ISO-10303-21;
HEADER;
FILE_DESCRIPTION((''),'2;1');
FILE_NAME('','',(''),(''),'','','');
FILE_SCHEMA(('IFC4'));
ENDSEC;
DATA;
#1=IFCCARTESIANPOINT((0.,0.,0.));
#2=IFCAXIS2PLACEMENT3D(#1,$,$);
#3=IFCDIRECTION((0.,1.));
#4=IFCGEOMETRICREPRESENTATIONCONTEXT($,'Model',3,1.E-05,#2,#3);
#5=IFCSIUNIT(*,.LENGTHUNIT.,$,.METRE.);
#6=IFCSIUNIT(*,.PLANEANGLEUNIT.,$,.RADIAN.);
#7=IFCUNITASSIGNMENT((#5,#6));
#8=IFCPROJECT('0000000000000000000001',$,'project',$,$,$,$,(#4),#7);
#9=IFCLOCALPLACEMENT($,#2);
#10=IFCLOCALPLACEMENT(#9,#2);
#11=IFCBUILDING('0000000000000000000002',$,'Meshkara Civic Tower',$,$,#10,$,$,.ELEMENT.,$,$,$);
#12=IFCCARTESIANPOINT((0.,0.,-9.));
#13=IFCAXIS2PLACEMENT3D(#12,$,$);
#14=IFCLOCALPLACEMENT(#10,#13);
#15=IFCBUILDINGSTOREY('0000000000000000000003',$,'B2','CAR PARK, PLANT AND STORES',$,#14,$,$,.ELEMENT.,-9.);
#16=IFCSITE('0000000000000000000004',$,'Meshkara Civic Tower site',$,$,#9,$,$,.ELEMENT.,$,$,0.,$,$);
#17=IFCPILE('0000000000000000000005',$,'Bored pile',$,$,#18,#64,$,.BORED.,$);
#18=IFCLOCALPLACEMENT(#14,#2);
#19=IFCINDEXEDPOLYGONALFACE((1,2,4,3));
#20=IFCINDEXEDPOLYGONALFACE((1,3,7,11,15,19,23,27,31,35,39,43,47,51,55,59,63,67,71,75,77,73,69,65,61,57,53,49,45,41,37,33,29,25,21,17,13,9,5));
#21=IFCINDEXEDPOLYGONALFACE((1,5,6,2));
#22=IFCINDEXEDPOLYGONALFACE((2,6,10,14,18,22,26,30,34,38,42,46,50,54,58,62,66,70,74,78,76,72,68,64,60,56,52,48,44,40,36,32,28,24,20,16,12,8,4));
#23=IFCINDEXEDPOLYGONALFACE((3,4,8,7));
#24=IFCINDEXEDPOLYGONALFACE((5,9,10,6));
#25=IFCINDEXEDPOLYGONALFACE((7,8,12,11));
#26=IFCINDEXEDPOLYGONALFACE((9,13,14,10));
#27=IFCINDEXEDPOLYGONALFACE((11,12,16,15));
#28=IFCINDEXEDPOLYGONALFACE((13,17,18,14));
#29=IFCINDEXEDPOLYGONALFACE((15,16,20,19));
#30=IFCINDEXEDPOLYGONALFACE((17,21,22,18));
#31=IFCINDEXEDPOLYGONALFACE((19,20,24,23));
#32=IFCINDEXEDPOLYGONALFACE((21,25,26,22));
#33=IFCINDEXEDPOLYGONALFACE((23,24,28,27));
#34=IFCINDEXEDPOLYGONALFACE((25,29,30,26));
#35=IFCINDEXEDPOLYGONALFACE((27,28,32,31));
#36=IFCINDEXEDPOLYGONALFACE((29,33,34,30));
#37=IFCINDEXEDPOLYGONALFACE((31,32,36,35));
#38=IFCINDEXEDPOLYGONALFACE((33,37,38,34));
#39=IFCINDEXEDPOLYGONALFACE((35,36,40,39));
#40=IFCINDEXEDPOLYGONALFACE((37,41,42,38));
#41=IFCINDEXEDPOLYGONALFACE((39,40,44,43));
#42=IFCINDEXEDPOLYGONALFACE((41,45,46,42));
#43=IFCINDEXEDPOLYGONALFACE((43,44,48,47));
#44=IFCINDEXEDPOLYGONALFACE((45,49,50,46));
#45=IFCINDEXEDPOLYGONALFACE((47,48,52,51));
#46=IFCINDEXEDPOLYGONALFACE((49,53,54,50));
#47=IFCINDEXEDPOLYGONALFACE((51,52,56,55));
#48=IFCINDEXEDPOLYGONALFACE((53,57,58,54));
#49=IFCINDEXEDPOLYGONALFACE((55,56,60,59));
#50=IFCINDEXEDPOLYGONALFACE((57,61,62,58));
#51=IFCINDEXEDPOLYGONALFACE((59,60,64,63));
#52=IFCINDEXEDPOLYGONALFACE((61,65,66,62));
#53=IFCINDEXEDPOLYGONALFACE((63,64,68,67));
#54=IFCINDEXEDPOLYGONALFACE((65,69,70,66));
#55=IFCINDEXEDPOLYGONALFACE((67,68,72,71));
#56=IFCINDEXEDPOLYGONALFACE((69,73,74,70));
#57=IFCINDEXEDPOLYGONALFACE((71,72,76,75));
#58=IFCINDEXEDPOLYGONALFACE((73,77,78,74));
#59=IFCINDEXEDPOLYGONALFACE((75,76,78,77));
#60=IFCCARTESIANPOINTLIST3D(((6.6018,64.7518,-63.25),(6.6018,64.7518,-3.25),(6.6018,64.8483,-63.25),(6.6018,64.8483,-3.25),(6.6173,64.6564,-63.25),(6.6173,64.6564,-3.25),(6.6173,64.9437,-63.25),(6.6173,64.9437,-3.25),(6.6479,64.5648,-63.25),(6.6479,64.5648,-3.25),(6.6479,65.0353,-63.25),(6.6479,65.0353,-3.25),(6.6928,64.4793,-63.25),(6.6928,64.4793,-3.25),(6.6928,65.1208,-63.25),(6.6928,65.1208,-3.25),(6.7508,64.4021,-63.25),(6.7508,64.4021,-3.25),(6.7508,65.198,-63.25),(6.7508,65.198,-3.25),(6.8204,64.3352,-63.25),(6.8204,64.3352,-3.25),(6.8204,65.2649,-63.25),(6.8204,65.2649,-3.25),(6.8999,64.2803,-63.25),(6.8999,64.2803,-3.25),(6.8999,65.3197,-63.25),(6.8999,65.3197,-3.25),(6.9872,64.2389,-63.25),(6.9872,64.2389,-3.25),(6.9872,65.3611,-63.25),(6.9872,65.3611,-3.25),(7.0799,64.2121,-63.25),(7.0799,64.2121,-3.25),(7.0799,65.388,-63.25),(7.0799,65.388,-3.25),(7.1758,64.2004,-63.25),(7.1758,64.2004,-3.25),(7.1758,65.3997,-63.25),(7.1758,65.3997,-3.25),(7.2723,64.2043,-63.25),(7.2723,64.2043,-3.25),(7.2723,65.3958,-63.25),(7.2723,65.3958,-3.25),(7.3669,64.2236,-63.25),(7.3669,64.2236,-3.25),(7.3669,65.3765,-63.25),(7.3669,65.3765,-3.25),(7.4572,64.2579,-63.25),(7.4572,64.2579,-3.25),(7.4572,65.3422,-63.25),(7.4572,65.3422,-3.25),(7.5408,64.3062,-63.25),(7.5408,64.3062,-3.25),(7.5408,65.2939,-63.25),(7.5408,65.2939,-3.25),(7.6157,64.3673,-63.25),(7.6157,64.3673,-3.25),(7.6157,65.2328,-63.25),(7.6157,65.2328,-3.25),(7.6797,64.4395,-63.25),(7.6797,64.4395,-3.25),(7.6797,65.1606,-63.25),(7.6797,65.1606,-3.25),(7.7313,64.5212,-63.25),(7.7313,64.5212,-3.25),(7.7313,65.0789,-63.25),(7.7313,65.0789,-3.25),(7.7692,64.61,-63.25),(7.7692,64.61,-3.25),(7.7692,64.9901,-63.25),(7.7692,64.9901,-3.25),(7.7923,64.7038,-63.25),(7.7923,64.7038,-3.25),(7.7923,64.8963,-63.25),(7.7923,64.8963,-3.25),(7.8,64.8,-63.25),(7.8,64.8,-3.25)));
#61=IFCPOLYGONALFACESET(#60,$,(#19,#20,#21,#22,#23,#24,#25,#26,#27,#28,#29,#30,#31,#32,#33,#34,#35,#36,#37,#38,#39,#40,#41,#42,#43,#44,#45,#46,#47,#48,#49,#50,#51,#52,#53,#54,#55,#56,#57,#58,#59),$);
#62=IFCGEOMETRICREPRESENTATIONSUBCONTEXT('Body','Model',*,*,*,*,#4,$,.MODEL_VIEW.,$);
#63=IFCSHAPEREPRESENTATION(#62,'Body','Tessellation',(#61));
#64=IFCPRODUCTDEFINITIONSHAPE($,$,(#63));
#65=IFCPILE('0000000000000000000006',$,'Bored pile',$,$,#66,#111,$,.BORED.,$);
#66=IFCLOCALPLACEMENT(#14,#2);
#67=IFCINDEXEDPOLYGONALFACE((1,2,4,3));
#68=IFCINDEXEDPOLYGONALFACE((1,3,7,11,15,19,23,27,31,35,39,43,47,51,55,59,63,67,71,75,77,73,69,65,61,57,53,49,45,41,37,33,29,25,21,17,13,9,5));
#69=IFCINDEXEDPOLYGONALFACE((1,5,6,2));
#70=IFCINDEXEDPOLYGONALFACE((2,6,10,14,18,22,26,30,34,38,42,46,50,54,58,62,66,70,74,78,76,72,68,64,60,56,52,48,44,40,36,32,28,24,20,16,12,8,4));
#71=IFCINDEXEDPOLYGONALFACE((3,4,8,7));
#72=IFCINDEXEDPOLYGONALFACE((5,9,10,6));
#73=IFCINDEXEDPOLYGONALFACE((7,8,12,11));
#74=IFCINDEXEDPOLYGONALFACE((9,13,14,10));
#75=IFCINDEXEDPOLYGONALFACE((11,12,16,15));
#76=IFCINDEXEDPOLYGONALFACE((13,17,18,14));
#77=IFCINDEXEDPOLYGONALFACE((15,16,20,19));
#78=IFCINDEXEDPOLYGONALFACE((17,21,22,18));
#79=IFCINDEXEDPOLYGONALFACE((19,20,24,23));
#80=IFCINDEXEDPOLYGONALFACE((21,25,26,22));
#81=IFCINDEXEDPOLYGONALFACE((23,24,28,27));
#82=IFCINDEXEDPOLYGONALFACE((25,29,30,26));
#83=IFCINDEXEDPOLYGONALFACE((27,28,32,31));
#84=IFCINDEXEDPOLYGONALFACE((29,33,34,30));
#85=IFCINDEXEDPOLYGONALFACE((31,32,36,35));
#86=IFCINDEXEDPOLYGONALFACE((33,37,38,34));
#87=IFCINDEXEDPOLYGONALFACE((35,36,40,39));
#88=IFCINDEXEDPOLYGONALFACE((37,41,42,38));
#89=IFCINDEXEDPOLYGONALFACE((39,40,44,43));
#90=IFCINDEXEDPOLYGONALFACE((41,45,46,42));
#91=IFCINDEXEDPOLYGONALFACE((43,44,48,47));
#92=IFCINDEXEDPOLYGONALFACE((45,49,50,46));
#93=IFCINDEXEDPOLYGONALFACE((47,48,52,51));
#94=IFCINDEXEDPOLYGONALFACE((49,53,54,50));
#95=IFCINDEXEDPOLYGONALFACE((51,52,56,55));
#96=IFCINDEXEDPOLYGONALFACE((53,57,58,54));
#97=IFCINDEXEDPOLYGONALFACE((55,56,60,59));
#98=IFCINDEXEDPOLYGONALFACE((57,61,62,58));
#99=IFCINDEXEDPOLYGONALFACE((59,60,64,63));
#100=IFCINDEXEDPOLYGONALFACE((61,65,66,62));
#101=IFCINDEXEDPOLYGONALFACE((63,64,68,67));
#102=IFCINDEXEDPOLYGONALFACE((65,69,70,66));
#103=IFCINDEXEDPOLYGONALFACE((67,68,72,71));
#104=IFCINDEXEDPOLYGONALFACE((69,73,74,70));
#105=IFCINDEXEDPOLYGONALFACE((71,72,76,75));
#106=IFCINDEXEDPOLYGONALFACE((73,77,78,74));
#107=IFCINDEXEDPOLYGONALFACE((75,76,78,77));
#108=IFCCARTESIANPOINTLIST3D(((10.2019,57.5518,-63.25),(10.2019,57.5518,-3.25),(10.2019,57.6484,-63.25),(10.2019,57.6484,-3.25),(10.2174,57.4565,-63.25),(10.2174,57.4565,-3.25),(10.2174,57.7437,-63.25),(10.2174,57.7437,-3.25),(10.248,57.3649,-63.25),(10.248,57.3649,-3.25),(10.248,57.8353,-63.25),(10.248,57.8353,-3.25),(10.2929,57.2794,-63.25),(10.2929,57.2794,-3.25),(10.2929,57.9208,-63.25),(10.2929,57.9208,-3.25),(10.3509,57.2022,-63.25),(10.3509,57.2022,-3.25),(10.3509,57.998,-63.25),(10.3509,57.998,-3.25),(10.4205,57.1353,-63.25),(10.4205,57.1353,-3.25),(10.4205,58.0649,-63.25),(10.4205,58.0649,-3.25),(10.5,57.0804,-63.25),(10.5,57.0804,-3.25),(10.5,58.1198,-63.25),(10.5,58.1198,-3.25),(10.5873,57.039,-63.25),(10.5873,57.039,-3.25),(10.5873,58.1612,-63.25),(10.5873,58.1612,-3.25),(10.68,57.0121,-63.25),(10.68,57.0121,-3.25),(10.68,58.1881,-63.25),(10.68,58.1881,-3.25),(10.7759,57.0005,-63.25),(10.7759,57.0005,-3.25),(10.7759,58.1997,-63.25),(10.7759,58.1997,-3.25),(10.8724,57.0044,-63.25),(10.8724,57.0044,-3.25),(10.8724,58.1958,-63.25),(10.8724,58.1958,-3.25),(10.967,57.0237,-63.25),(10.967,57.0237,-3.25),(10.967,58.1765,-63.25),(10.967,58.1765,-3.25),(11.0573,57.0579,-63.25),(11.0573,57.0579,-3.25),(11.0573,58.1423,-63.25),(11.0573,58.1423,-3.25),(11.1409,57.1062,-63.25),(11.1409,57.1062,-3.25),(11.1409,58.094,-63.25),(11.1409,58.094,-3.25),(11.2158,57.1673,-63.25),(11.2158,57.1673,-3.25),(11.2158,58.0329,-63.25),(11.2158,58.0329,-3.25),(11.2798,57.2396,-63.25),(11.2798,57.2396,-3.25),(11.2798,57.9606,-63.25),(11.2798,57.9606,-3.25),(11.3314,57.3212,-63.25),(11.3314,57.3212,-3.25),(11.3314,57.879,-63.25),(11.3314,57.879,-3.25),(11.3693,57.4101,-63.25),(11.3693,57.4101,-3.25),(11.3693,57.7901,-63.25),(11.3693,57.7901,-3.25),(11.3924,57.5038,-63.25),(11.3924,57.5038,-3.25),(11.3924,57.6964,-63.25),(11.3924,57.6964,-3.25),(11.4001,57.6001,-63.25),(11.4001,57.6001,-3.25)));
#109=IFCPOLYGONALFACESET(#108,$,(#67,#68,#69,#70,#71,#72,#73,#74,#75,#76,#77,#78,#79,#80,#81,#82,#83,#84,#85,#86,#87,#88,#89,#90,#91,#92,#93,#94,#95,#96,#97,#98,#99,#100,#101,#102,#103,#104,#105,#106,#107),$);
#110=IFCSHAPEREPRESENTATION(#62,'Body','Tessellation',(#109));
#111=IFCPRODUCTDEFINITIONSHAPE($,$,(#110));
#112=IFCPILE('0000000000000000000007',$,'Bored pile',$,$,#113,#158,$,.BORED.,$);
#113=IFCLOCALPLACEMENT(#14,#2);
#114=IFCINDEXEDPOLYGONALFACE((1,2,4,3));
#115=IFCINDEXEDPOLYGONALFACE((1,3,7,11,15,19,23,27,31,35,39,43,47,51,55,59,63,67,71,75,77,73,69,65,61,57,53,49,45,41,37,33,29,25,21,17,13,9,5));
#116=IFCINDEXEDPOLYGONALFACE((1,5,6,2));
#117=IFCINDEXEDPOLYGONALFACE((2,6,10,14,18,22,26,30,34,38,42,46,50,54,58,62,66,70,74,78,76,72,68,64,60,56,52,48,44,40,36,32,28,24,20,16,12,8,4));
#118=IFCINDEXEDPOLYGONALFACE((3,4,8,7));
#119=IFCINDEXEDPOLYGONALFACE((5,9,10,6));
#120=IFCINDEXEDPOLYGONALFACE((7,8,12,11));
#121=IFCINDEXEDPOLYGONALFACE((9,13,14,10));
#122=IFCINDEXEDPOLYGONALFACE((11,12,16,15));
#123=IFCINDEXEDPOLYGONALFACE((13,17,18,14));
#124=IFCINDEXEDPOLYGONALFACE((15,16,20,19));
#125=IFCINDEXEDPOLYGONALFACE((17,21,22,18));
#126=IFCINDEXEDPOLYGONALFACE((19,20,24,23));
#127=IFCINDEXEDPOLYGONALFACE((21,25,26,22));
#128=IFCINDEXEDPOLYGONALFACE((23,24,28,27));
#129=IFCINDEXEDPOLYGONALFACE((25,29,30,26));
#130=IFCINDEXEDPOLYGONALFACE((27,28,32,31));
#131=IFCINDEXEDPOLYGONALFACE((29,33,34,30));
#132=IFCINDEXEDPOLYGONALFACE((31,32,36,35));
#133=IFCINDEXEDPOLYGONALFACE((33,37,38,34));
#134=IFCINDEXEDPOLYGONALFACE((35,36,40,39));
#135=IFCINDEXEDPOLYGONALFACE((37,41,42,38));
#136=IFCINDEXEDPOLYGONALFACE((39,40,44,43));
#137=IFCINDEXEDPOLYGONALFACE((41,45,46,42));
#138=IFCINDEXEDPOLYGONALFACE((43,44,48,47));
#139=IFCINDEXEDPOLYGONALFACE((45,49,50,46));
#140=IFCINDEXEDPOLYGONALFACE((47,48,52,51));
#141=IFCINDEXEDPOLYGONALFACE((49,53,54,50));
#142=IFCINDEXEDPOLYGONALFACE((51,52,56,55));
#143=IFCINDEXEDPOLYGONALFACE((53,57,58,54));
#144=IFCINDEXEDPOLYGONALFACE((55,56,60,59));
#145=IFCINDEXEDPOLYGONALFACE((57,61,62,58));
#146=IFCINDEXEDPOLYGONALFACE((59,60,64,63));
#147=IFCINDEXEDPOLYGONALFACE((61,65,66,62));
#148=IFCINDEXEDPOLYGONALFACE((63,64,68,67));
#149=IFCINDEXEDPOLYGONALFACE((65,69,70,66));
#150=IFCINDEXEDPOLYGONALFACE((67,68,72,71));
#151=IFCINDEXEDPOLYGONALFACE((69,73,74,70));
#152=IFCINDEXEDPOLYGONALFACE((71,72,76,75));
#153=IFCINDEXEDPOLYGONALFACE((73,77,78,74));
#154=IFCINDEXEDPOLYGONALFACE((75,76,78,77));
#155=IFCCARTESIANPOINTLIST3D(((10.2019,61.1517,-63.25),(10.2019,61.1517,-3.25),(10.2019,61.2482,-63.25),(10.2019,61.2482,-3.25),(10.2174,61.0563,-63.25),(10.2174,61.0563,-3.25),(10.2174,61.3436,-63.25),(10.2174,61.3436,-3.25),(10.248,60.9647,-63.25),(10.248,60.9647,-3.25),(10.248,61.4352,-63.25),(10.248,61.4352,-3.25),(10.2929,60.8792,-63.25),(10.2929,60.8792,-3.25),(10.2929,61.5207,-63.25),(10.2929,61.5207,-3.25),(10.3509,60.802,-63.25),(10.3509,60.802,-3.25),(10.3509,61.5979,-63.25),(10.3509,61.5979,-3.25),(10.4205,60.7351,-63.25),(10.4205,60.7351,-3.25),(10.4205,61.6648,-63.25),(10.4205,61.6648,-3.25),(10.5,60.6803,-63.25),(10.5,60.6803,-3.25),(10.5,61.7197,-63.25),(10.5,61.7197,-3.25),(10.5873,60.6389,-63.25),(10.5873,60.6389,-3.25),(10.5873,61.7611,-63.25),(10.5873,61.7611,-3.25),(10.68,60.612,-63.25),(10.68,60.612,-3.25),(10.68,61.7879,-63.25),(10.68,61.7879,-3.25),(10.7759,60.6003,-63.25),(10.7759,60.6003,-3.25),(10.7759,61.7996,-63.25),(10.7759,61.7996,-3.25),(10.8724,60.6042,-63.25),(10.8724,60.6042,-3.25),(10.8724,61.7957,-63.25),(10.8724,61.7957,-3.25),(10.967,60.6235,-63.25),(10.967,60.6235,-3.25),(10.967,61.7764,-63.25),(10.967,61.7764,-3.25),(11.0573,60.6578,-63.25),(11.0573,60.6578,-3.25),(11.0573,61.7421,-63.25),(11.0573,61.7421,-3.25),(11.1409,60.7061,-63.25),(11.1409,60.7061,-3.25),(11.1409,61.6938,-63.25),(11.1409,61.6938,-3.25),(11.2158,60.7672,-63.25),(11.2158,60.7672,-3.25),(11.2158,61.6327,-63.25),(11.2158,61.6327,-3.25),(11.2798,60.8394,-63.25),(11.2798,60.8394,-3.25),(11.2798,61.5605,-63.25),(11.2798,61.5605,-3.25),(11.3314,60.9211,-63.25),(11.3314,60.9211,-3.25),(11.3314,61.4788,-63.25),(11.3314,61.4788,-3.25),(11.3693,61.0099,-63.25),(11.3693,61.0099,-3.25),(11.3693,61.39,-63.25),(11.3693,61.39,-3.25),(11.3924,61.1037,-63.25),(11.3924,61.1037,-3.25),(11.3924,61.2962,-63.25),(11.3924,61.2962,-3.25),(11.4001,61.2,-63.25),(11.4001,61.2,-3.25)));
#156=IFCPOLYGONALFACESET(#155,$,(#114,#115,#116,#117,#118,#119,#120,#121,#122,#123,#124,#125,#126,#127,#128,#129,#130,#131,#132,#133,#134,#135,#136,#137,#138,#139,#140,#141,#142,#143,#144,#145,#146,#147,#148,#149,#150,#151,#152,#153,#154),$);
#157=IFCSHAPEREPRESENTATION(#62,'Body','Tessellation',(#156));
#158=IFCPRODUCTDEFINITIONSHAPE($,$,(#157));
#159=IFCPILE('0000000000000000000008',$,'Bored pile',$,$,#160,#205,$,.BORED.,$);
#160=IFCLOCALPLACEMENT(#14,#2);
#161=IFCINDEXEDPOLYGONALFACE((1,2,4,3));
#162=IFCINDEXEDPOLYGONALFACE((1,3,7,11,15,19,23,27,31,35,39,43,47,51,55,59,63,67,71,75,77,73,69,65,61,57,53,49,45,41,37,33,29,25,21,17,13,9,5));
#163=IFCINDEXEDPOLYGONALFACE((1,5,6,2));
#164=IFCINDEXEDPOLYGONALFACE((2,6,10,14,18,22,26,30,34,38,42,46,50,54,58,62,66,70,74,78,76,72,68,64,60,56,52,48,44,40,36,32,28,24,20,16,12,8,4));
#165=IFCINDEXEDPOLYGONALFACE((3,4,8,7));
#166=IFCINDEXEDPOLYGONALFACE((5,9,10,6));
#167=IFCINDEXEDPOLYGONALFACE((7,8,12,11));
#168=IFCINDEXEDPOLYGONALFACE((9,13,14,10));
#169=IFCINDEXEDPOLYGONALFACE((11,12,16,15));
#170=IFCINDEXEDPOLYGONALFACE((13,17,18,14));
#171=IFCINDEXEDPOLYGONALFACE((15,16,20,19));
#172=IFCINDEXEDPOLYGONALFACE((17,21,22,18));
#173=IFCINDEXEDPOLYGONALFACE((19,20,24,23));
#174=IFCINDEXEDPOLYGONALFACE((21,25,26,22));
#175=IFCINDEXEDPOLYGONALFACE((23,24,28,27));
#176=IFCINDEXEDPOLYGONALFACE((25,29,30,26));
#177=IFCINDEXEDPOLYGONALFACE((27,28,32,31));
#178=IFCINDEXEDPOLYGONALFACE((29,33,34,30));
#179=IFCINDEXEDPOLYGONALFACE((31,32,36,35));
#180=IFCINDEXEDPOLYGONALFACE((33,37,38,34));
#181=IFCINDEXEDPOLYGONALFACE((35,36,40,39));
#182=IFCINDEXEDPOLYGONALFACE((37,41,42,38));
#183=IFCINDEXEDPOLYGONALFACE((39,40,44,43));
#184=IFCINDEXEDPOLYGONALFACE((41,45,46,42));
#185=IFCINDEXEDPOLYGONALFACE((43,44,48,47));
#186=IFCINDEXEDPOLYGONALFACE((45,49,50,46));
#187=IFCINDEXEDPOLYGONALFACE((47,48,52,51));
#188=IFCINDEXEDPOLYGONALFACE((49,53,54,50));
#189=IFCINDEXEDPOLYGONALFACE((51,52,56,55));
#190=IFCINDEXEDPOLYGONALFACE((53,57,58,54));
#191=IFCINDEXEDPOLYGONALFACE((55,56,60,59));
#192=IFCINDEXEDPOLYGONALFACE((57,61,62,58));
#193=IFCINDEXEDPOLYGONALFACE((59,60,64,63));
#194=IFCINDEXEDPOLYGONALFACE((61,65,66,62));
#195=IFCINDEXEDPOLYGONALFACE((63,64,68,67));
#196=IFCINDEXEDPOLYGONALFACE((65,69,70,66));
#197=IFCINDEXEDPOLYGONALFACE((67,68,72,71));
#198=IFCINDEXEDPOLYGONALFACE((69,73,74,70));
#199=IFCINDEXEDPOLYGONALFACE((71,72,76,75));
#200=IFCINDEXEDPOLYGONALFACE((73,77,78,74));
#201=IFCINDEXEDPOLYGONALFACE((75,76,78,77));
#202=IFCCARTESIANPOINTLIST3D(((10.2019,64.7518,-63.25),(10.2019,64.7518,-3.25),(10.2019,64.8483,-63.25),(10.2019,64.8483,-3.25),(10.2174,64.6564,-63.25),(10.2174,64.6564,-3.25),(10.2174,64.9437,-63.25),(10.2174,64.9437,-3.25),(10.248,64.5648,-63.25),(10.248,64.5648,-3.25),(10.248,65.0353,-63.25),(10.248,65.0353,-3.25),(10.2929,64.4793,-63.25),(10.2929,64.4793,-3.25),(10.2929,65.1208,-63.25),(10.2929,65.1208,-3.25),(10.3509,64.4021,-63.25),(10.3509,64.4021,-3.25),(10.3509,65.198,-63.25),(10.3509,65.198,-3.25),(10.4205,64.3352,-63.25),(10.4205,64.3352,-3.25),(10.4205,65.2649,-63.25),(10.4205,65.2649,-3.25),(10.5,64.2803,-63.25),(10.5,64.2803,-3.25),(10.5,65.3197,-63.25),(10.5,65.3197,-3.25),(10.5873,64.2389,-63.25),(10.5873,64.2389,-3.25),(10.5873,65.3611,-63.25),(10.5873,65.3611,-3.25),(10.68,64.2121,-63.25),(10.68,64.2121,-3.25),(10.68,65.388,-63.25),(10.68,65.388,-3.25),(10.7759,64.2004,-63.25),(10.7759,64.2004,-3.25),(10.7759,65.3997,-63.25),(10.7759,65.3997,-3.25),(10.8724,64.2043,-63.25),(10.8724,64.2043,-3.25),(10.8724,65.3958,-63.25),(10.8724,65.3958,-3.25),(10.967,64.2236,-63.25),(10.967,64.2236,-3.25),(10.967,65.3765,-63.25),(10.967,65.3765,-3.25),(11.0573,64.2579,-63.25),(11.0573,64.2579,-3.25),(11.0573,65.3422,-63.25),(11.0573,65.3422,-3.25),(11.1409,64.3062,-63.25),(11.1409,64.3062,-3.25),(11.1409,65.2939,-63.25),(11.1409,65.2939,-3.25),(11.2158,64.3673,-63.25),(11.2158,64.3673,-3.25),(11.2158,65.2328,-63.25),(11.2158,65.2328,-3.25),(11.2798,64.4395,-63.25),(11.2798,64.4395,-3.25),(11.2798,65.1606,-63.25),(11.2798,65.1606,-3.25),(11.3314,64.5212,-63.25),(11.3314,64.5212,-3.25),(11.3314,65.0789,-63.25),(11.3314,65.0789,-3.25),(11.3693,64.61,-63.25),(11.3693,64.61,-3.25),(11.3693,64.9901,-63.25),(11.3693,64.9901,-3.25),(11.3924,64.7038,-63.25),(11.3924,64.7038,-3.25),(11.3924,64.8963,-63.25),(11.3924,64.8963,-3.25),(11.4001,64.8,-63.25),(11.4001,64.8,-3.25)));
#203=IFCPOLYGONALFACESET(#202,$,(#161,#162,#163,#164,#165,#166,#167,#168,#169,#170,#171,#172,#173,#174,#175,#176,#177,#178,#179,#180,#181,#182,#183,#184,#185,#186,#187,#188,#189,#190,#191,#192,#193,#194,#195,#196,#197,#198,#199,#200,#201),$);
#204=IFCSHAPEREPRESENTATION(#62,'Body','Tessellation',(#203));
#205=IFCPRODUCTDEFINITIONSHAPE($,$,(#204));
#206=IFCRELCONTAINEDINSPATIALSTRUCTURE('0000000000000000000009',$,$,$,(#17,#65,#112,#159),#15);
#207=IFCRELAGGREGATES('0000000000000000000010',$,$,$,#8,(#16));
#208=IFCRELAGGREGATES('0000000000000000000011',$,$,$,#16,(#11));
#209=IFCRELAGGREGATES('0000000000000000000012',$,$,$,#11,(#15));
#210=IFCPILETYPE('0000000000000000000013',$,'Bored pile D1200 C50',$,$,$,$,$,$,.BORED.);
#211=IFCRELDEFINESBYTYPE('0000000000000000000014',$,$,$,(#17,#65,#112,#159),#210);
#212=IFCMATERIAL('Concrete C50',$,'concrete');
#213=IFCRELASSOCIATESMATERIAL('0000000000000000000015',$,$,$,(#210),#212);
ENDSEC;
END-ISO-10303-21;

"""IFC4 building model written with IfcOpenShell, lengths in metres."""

from ifc_helpers import new_model, si_unit, direction, frame, origin, origin_2d, place, context, subcontext, project, spatial, circle, extrude, material, material_profile, profile_set, type_object, element, save


model = new_model("IFC4")

# Units and contexts
model_context = context("Model", 3, precision=1e-05, world=origin(), true_north=direction((0.0, 1.0)))
body_context = subcontext(model_context, "Body", "Model", "MODEL_VIEW")
ifc_project = project(units=[si_unit("LENGTHUNIT", "METRE"), si_unit("PLANEANGLEUNIT", "RADIAN")], contexts=[model_context])

# Site, building, storey
site_placement = place(None, origin())
site = spatial("IfcSite", under=ifc_project, at=site_placement, Name="Meshkara Civic Tower site", CompositionType="ELEMENT", RefElevation=0.0)
building_placement = place(site_placement, origin())
building = spatial("IfcBuilding", under=site, at=building_placement, Name="Meshkara Civic Tower", CompositionType="ELEMENT")
storey_placement = place(building_placement, frame((0.0, 0.0, -9.0)))
storey = spatial("IfcBuildingStorey", under=building, at=storey_placement, Name="B2", Description="CAR PARK, PLANT AND STORES", CompositionType="ELEMENT", Elevation=-9.0)

# Piles
ifc_material_1 = material(Name="Concrete C50", Category="concrete")
ifc_material_profile_1 = material_profile(ifc_material_1, circle(Radius=0.6001, at=origin_2d()))
ifc_profile_set_1 = profile_set([ifc_material_profile_1], Name="Concrete C50")
pile_type = type_object("IfcPileType", Name="Bored pile D1200 C50", PredefinedType="BORED", material=ifc_profile_set_1)
for number, where, z_axis, x_axis, name in (
    (1, (7.2, 64.8, -3.25), (0.0, 0.0, -1.0), (1.0, 0.0, 0.0), "Bored pile"),
    (2, (10.8, 57.6001, -3.25), (0.0, 0.0, -1.0), (1.0, 0.0, 0.0), "Bored pile"),
    (3, (10.8, 61.2, -3.25), (0.0, 0.0, -1.0), (1.0, 0.0, 0.0), "Bored pile"),
    (4, (10.8, 64.8, -3.25), (0.0, 0.0, -1.0), (1.0, 0.0, 0.0), "Bored pile"),
):
    element("IfcPile", number, at=place(storey_placement, frame(where, z_axis=z_axis, x_axis=x_axis)), inside=storey, type_object=pile_type, Name=name, PredefinedType="BORED", context=body_context, shape_type="SweptSolid", body=[
        extrude(circle(Radius=0.6001, at=origin_2d()), origin(), (0.0, 0.0, 1.0), 60.0),
    ])

save(model, "model.ifc")
